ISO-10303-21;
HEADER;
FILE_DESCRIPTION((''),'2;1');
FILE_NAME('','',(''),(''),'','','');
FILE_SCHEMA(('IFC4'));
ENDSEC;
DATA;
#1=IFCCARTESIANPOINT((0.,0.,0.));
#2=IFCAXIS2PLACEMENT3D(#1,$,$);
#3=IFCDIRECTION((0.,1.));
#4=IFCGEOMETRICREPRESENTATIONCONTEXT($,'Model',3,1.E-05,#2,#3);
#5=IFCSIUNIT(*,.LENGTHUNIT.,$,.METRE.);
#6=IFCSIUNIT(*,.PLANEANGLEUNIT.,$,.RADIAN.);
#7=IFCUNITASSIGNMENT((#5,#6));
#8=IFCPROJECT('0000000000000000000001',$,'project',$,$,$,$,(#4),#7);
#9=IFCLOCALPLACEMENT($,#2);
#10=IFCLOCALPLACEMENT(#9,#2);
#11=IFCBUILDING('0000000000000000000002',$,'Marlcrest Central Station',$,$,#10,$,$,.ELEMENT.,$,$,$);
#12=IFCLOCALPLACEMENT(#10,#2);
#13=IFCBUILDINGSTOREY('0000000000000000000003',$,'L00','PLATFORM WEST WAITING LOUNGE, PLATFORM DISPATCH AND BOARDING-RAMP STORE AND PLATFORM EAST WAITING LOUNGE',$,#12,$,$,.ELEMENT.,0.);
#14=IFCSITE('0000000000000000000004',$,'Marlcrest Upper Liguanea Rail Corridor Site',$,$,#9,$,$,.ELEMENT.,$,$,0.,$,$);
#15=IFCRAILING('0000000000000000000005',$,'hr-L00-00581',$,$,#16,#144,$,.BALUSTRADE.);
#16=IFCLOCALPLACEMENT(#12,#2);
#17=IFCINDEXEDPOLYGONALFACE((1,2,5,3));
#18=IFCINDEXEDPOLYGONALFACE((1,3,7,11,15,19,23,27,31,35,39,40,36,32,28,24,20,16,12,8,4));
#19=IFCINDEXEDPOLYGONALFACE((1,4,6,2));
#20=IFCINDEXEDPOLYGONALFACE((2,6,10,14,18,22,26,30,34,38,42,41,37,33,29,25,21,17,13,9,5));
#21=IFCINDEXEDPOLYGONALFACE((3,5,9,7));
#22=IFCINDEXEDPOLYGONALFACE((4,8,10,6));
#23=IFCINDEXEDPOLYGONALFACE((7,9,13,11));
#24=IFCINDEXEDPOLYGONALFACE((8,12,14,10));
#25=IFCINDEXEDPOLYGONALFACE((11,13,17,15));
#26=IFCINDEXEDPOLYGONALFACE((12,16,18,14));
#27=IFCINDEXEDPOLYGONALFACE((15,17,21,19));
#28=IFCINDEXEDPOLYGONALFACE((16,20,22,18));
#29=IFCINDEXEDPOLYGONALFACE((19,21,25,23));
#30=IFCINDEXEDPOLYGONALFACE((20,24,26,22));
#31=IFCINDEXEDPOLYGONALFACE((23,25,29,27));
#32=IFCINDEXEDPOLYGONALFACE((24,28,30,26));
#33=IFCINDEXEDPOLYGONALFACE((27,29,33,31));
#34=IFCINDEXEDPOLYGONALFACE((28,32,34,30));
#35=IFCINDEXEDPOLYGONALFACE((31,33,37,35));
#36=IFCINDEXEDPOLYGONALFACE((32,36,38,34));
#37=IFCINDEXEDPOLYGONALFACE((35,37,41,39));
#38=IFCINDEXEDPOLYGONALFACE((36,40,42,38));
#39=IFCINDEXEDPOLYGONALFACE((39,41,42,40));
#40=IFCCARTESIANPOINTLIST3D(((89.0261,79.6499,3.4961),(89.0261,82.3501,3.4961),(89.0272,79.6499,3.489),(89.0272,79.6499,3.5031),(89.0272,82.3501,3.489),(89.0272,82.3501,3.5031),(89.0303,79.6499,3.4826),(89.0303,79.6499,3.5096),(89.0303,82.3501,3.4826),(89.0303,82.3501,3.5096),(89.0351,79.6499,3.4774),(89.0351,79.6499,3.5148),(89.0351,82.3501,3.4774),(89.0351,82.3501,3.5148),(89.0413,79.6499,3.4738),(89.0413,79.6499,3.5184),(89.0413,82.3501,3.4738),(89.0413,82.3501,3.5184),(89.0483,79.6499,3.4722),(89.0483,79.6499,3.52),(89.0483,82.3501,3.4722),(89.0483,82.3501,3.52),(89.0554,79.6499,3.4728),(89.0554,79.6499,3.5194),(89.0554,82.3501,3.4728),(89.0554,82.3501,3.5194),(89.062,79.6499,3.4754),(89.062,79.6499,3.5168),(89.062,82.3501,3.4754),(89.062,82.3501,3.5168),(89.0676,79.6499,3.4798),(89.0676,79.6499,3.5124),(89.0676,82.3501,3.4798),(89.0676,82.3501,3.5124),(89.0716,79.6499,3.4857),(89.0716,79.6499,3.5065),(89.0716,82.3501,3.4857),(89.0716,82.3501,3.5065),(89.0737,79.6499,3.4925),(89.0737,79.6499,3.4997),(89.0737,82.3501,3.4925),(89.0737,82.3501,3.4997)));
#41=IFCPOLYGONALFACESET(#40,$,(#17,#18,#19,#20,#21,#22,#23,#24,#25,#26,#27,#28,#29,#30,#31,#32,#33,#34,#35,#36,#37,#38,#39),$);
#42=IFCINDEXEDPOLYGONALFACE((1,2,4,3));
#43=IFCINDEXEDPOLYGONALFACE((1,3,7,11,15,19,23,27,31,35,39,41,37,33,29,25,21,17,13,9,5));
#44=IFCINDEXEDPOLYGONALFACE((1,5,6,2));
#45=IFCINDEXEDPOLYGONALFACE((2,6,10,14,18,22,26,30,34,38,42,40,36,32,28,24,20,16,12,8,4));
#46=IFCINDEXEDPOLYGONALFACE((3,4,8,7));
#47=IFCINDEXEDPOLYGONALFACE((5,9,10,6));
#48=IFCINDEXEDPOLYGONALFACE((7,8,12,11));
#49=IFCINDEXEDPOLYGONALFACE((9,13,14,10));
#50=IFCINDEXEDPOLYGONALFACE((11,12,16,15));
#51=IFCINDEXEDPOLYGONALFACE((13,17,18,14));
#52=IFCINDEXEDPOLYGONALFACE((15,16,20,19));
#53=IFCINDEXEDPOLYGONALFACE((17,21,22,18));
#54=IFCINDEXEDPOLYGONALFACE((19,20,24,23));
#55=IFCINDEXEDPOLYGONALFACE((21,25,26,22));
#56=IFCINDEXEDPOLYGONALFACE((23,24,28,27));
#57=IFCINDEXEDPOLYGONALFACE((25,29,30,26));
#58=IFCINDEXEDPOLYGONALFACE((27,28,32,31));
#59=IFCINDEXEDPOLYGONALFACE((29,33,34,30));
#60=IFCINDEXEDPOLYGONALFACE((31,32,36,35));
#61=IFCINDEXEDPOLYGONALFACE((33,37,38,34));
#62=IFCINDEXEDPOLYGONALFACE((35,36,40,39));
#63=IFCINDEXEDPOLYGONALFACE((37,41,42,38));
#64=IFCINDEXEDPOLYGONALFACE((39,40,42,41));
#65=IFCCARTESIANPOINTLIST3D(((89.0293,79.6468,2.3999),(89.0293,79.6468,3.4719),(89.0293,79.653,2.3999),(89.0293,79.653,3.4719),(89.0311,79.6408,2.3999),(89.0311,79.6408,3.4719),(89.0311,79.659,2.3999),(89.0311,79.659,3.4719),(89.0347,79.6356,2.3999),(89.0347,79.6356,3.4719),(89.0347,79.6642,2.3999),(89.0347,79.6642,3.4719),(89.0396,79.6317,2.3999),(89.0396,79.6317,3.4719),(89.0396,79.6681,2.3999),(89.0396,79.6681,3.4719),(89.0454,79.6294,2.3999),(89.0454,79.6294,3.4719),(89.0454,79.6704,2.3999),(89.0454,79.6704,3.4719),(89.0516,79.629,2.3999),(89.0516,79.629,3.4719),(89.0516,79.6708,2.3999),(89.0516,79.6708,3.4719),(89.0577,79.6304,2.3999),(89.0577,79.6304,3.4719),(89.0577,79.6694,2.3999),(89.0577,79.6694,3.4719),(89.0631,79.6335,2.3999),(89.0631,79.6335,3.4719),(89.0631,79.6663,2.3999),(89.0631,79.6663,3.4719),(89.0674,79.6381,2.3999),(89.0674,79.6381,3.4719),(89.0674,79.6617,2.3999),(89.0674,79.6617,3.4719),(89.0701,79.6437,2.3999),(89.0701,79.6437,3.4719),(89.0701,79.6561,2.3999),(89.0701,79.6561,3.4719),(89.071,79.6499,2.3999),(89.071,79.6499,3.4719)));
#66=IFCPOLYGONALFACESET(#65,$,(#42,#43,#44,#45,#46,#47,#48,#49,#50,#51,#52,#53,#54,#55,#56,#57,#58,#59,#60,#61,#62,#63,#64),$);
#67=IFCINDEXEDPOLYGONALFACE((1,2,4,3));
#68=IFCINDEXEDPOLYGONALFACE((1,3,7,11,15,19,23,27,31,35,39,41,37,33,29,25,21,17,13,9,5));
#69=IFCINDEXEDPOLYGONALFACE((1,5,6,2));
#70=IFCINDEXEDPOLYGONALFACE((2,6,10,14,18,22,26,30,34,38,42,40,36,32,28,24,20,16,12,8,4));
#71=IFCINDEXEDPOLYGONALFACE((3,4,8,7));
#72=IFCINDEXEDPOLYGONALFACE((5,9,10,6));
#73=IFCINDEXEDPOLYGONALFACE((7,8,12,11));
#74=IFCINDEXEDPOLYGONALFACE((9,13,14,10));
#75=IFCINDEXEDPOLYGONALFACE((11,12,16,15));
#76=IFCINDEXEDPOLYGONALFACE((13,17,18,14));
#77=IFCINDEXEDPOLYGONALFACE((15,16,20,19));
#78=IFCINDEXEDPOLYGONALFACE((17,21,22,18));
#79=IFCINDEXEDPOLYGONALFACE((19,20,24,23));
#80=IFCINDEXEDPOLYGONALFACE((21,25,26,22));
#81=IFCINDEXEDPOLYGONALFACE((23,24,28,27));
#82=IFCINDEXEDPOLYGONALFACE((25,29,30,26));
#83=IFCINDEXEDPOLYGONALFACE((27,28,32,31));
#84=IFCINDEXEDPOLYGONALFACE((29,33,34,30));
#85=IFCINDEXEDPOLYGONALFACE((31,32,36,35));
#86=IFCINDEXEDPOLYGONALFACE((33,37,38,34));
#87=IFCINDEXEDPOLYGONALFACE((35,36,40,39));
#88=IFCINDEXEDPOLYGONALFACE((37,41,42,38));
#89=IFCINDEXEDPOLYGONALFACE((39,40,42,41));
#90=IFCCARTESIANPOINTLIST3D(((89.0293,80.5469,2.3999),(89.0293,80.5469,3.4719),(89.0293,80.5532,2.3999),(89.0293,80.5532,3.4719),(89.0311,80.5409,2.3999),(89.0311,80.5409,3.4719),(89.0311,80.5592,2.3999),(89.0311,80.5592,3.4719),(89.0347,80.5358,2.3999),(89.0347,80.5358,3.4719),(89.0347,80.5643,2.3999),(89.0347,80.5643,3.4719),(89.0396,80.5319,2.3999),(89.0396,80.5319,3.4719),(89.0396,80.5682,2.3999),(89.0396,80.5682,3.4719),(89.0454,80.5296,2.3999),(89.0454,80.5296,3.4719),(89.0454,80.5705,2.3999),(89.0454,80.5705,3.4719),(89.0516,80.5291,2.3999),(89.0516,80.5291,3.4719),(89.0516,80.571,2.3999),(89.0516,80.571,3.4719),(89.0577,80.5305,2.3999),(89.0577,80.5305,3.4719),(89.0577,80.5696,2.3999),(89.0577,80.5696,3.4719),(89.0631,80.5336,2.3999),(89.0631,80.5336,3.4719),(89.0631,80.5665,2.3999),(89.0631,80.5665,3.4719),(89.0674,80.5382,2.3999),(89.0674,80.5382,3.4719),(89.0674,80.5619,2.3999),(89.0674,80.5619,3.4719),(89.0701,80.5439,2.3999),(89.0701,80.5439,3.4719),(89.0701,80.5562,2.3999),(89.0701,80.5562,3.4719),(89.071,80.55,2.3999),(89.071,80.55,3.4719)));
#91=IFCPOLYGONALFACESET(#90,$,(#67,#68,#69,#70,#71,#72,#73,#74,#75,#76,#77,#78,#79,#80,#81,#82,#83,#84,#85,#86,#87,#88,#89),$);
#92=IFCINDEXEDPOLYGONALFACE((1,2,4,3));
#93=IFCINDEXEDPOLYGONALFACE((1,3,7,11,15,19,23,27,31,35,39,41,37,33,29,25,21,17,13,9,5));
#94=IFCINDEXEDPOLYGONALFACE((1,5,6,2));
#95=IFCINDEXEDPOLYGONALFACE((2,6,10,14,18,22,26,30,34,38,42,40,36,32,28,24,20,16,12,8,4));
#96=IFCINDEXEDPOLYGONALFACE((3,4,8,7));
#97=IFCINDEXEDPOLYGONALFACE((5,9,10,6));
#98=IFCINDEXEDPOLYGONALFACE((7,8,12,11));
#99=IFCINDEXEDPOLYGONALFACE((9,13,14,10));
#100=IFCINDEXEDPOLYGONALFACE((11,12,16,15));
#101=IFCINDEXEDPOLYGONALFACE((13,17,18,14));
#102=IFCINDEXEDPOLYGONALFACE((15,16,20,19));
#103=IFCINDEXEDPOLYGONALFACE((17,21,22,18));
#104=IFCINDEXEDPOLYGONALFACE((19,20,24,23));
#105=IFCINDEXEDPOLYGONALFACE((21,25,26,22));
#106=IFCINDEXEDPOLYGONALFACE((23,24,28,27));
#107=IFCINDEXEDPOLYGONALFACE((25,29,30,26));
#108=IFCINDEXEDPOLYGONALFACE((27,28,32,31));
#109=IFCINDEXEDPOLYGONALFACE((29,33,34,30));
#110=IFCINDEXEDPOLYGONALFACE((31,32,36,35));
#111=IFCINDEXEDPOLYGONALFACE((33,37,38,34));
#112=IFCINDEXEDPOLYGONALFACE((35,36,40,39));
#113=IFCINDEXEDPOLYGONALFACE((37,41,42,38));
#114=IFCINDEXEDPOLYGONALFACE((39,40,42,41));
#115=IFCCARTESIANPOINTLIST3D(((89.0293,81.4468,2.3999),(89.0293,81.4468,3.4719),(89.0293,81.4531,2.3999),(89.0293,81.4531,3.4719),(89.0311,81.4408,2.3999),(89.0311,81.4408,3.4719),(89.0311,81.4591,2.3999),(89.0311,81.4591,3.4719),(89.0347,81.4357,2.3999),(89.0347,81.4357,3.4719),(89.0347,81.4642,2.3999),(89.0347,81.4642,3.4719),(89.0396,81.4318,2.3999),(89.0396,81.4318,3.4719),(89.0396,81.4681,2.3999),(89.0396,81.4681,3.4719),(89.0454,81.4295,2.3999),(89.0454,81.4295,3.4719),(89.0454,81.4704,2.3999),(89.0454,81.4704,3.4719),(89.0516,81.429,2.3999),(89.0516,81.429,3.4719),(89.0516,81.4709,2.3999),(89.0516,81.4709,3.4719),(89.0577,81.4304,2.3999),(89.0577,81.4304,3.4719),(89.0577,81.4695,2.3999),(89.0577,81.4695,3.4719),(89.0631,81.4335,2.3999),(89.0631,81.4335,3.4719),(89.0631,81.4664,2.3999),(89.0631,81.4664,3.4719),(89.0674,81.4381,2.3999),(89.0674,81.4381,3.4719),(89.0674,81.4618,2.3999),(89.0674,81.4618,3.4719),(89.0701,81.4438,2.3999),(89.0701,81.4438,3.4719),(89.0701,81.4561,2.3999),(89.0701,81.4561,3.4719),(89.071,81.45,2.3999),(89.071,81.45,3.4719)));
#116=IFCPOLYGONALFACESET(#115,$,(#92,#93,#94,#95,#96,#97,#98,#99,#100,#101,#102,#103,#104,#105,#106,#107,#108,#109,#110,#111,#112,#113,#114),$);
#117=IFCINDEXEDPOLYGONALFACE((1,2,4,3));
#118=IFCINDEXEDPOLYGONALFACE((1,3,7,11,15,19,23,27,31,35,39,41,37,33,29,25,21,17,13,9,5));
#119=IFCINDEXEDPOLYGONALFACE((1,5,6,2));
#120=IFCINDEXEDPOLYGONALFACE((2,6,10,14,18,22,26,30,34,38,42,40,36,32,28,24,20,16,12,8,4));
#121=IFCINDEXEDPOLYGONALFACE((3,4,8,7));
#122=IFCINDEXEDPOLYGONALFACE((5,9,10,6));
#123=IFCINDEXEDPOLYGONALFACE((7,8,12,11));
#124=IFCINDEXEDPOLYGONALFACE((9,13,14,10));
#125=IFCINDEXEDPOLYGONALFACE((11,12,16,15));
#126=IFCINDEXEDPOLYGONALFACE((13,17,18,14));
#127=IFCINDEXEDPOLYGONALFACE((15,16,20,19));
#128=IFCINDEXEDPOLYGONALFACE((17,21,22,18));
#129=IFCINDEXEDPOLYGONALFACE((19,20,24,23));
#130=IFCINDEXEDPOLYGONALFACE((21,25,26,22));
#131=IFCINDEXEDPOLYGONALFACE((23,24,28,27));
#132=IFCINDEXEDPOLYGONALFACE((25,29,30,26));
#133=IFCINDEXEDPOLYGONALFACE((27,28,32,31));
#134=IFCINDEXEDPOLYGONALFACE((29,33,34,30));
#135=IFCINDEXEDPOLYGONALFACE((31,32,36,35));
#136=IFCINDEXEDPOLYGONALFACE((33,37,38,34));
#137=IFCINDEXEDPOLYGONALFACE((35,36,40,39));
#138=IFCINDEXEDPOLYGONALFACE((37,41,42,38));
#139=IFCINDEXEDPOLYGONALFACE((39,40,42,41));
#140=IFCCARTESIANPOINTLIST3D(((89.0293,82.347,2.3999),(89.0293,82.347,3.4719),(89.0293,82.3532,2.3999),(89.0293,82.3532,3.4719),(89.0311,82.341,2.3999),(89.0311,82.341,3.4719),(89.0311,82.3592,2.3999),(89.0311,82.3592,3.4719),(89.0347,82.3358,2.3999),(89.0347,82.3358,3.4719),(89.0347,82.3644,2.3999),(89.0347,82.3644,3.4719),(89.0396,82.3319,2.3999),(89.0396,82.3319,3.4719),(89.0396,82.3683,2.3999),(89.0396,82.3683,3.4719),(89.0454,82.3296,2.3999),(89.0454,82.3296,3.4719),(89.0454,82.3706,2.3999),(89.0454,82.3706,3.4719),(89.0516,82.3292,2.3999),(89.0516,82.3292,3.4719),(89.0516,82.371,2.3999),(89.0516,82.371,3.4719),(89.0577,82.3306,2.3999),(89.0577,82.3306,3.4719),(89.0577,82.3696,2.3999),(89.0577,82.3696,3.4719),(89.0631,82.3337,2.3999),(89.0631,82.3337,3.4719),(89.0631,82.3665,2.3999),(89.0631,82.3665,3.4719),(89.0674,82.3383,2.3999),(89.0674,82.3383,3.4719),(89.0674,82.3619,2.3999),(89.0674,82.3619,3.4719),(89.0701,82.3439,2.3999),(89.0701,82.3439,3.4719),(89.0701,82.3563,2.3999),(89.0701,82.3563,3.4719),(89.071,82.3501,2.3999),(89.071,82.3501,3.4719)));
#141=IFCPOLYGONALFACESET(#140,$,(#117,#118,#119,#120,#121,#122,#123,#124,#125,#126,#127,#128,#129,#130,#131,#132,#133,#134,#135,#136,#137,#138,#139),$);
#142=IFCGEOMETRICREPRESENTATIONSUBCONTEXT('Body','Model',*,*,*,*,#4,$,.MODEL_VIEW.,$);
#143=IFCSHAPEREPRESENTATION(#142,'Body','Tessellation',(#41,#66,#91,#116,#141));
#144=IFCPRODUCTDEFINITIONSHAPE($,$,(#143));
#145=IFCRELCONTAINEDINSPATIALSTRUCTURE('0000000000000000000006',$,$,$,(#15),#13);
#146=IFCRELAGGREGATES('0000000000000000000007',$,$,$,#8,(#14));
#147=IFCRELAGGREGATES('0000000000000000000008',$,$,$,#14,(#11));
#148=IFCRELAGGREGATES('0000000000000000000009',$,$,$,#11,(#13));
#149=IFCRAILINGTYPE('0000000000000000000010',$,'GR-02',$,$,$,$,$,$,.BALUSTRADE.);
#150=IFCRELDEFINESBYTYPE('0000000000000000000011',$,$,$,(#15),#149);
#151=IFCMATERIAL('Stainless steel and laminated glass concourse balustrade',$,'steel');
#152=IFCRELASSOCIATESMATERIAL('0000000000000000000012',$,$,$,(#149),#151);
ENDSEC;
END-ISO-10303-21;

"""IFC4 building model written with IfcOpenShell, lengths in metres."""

from ifc_helpers import new_model, si_unit, direction, frame, origin, origin_2d, place, context, subcontext, project, spatial, circle, extrude, material, type_object, element, save


model = new_model("IFC4")

# Units and contexts
model_context = context("Model", 3, precision=1e-05, world=origin(), true_north=direction((0.0, 1.0)))
body_context = subcontext(model_context, "Body", "Model", "MODEL_VIEW")
ifc_project = project(units=[si_unit("LENGTHUNIT", "METRE"), si_unit("PLANEANGLEUNIT", "RADIAN")], contexts=[model_context])

# Site, building, storey
site_placement = place(None, origin())
site = spatial("IfcSite", under=ifc_project, at=site_placement, Name="Marlcrest Upper Liguanea Rail Corridor Site", CompositionType="ELEMENT", RefElevation=0.0)
building_placement = place(site_placement, origin())
building = spatial("IfcBuilding", under=site, at=building_placement, Name="Marlcrest Central Station", CompositionType="ELEMENT")
storey_placement = place(building_placement, origin())
storey = spatial("IfcBuildingStorey", under=building, at=storey_placement, Name="L00", Description="PLATFORM WEST WAITING LOUNGE, PLATFORM DISPATCH AND BOARDING-RAMP STORE AND PLATFORM EAST WAITING LOUNGE", CompositionType="ELEMENT", Elevation=0.0)

# Railing
ifc_material_1 = material(Name="Stainless steel and laminated glass concourse balustrade", Category="steel")
railing_type_1 = type_object("IfcRailingType", Name="GR-02", PredefinedType="BALUSTRADE", material=ifc_material_1)
railing_1_placement = place(storey_placement, frame((89.05, 79.6499, 2.3999)))
element("IfcRailing", 1, at=railing_1_placement, inside=storey, type_object=railing_type_1, Name="hr-L00-00581", PredefinedType="BALUSTRADE", context=body_context, shape_type="SweptSolid", body=[
    extrude(circle(Radius=0.0239, at=origin_2d()), frame((0.0, 0.0, 1.0962), z_axis=(0.0, 1.0, 0.0), x_axis=(-1.0, 0.0, 0.0)), (0.0, 0.0, 1.0), 2.7002),
    extrude(circle(Radius=0.021, at=origin_2d()), origin(), (0.0, 0.0, 1.0), 1.072),
    extrude(circle(Radius=0.021, at=origin_2d()), frame((0.0, 0.9001, 0.0)), (0.0, 0.0, 1.0), 1.072),
    extrude(circle(Radius=0.021, at=origin_2d()), frame((0.0, 1.8, 0.0)), (0.0, 0.0, 1.0), 1.072),
    extrude(circle(Radius=0.021, at=origin_2d()), frame((0.0, 2.7002, 0.0)), (0.0, 0.0, 1.0), 1.072),
])

save(model, "model.ifc")
